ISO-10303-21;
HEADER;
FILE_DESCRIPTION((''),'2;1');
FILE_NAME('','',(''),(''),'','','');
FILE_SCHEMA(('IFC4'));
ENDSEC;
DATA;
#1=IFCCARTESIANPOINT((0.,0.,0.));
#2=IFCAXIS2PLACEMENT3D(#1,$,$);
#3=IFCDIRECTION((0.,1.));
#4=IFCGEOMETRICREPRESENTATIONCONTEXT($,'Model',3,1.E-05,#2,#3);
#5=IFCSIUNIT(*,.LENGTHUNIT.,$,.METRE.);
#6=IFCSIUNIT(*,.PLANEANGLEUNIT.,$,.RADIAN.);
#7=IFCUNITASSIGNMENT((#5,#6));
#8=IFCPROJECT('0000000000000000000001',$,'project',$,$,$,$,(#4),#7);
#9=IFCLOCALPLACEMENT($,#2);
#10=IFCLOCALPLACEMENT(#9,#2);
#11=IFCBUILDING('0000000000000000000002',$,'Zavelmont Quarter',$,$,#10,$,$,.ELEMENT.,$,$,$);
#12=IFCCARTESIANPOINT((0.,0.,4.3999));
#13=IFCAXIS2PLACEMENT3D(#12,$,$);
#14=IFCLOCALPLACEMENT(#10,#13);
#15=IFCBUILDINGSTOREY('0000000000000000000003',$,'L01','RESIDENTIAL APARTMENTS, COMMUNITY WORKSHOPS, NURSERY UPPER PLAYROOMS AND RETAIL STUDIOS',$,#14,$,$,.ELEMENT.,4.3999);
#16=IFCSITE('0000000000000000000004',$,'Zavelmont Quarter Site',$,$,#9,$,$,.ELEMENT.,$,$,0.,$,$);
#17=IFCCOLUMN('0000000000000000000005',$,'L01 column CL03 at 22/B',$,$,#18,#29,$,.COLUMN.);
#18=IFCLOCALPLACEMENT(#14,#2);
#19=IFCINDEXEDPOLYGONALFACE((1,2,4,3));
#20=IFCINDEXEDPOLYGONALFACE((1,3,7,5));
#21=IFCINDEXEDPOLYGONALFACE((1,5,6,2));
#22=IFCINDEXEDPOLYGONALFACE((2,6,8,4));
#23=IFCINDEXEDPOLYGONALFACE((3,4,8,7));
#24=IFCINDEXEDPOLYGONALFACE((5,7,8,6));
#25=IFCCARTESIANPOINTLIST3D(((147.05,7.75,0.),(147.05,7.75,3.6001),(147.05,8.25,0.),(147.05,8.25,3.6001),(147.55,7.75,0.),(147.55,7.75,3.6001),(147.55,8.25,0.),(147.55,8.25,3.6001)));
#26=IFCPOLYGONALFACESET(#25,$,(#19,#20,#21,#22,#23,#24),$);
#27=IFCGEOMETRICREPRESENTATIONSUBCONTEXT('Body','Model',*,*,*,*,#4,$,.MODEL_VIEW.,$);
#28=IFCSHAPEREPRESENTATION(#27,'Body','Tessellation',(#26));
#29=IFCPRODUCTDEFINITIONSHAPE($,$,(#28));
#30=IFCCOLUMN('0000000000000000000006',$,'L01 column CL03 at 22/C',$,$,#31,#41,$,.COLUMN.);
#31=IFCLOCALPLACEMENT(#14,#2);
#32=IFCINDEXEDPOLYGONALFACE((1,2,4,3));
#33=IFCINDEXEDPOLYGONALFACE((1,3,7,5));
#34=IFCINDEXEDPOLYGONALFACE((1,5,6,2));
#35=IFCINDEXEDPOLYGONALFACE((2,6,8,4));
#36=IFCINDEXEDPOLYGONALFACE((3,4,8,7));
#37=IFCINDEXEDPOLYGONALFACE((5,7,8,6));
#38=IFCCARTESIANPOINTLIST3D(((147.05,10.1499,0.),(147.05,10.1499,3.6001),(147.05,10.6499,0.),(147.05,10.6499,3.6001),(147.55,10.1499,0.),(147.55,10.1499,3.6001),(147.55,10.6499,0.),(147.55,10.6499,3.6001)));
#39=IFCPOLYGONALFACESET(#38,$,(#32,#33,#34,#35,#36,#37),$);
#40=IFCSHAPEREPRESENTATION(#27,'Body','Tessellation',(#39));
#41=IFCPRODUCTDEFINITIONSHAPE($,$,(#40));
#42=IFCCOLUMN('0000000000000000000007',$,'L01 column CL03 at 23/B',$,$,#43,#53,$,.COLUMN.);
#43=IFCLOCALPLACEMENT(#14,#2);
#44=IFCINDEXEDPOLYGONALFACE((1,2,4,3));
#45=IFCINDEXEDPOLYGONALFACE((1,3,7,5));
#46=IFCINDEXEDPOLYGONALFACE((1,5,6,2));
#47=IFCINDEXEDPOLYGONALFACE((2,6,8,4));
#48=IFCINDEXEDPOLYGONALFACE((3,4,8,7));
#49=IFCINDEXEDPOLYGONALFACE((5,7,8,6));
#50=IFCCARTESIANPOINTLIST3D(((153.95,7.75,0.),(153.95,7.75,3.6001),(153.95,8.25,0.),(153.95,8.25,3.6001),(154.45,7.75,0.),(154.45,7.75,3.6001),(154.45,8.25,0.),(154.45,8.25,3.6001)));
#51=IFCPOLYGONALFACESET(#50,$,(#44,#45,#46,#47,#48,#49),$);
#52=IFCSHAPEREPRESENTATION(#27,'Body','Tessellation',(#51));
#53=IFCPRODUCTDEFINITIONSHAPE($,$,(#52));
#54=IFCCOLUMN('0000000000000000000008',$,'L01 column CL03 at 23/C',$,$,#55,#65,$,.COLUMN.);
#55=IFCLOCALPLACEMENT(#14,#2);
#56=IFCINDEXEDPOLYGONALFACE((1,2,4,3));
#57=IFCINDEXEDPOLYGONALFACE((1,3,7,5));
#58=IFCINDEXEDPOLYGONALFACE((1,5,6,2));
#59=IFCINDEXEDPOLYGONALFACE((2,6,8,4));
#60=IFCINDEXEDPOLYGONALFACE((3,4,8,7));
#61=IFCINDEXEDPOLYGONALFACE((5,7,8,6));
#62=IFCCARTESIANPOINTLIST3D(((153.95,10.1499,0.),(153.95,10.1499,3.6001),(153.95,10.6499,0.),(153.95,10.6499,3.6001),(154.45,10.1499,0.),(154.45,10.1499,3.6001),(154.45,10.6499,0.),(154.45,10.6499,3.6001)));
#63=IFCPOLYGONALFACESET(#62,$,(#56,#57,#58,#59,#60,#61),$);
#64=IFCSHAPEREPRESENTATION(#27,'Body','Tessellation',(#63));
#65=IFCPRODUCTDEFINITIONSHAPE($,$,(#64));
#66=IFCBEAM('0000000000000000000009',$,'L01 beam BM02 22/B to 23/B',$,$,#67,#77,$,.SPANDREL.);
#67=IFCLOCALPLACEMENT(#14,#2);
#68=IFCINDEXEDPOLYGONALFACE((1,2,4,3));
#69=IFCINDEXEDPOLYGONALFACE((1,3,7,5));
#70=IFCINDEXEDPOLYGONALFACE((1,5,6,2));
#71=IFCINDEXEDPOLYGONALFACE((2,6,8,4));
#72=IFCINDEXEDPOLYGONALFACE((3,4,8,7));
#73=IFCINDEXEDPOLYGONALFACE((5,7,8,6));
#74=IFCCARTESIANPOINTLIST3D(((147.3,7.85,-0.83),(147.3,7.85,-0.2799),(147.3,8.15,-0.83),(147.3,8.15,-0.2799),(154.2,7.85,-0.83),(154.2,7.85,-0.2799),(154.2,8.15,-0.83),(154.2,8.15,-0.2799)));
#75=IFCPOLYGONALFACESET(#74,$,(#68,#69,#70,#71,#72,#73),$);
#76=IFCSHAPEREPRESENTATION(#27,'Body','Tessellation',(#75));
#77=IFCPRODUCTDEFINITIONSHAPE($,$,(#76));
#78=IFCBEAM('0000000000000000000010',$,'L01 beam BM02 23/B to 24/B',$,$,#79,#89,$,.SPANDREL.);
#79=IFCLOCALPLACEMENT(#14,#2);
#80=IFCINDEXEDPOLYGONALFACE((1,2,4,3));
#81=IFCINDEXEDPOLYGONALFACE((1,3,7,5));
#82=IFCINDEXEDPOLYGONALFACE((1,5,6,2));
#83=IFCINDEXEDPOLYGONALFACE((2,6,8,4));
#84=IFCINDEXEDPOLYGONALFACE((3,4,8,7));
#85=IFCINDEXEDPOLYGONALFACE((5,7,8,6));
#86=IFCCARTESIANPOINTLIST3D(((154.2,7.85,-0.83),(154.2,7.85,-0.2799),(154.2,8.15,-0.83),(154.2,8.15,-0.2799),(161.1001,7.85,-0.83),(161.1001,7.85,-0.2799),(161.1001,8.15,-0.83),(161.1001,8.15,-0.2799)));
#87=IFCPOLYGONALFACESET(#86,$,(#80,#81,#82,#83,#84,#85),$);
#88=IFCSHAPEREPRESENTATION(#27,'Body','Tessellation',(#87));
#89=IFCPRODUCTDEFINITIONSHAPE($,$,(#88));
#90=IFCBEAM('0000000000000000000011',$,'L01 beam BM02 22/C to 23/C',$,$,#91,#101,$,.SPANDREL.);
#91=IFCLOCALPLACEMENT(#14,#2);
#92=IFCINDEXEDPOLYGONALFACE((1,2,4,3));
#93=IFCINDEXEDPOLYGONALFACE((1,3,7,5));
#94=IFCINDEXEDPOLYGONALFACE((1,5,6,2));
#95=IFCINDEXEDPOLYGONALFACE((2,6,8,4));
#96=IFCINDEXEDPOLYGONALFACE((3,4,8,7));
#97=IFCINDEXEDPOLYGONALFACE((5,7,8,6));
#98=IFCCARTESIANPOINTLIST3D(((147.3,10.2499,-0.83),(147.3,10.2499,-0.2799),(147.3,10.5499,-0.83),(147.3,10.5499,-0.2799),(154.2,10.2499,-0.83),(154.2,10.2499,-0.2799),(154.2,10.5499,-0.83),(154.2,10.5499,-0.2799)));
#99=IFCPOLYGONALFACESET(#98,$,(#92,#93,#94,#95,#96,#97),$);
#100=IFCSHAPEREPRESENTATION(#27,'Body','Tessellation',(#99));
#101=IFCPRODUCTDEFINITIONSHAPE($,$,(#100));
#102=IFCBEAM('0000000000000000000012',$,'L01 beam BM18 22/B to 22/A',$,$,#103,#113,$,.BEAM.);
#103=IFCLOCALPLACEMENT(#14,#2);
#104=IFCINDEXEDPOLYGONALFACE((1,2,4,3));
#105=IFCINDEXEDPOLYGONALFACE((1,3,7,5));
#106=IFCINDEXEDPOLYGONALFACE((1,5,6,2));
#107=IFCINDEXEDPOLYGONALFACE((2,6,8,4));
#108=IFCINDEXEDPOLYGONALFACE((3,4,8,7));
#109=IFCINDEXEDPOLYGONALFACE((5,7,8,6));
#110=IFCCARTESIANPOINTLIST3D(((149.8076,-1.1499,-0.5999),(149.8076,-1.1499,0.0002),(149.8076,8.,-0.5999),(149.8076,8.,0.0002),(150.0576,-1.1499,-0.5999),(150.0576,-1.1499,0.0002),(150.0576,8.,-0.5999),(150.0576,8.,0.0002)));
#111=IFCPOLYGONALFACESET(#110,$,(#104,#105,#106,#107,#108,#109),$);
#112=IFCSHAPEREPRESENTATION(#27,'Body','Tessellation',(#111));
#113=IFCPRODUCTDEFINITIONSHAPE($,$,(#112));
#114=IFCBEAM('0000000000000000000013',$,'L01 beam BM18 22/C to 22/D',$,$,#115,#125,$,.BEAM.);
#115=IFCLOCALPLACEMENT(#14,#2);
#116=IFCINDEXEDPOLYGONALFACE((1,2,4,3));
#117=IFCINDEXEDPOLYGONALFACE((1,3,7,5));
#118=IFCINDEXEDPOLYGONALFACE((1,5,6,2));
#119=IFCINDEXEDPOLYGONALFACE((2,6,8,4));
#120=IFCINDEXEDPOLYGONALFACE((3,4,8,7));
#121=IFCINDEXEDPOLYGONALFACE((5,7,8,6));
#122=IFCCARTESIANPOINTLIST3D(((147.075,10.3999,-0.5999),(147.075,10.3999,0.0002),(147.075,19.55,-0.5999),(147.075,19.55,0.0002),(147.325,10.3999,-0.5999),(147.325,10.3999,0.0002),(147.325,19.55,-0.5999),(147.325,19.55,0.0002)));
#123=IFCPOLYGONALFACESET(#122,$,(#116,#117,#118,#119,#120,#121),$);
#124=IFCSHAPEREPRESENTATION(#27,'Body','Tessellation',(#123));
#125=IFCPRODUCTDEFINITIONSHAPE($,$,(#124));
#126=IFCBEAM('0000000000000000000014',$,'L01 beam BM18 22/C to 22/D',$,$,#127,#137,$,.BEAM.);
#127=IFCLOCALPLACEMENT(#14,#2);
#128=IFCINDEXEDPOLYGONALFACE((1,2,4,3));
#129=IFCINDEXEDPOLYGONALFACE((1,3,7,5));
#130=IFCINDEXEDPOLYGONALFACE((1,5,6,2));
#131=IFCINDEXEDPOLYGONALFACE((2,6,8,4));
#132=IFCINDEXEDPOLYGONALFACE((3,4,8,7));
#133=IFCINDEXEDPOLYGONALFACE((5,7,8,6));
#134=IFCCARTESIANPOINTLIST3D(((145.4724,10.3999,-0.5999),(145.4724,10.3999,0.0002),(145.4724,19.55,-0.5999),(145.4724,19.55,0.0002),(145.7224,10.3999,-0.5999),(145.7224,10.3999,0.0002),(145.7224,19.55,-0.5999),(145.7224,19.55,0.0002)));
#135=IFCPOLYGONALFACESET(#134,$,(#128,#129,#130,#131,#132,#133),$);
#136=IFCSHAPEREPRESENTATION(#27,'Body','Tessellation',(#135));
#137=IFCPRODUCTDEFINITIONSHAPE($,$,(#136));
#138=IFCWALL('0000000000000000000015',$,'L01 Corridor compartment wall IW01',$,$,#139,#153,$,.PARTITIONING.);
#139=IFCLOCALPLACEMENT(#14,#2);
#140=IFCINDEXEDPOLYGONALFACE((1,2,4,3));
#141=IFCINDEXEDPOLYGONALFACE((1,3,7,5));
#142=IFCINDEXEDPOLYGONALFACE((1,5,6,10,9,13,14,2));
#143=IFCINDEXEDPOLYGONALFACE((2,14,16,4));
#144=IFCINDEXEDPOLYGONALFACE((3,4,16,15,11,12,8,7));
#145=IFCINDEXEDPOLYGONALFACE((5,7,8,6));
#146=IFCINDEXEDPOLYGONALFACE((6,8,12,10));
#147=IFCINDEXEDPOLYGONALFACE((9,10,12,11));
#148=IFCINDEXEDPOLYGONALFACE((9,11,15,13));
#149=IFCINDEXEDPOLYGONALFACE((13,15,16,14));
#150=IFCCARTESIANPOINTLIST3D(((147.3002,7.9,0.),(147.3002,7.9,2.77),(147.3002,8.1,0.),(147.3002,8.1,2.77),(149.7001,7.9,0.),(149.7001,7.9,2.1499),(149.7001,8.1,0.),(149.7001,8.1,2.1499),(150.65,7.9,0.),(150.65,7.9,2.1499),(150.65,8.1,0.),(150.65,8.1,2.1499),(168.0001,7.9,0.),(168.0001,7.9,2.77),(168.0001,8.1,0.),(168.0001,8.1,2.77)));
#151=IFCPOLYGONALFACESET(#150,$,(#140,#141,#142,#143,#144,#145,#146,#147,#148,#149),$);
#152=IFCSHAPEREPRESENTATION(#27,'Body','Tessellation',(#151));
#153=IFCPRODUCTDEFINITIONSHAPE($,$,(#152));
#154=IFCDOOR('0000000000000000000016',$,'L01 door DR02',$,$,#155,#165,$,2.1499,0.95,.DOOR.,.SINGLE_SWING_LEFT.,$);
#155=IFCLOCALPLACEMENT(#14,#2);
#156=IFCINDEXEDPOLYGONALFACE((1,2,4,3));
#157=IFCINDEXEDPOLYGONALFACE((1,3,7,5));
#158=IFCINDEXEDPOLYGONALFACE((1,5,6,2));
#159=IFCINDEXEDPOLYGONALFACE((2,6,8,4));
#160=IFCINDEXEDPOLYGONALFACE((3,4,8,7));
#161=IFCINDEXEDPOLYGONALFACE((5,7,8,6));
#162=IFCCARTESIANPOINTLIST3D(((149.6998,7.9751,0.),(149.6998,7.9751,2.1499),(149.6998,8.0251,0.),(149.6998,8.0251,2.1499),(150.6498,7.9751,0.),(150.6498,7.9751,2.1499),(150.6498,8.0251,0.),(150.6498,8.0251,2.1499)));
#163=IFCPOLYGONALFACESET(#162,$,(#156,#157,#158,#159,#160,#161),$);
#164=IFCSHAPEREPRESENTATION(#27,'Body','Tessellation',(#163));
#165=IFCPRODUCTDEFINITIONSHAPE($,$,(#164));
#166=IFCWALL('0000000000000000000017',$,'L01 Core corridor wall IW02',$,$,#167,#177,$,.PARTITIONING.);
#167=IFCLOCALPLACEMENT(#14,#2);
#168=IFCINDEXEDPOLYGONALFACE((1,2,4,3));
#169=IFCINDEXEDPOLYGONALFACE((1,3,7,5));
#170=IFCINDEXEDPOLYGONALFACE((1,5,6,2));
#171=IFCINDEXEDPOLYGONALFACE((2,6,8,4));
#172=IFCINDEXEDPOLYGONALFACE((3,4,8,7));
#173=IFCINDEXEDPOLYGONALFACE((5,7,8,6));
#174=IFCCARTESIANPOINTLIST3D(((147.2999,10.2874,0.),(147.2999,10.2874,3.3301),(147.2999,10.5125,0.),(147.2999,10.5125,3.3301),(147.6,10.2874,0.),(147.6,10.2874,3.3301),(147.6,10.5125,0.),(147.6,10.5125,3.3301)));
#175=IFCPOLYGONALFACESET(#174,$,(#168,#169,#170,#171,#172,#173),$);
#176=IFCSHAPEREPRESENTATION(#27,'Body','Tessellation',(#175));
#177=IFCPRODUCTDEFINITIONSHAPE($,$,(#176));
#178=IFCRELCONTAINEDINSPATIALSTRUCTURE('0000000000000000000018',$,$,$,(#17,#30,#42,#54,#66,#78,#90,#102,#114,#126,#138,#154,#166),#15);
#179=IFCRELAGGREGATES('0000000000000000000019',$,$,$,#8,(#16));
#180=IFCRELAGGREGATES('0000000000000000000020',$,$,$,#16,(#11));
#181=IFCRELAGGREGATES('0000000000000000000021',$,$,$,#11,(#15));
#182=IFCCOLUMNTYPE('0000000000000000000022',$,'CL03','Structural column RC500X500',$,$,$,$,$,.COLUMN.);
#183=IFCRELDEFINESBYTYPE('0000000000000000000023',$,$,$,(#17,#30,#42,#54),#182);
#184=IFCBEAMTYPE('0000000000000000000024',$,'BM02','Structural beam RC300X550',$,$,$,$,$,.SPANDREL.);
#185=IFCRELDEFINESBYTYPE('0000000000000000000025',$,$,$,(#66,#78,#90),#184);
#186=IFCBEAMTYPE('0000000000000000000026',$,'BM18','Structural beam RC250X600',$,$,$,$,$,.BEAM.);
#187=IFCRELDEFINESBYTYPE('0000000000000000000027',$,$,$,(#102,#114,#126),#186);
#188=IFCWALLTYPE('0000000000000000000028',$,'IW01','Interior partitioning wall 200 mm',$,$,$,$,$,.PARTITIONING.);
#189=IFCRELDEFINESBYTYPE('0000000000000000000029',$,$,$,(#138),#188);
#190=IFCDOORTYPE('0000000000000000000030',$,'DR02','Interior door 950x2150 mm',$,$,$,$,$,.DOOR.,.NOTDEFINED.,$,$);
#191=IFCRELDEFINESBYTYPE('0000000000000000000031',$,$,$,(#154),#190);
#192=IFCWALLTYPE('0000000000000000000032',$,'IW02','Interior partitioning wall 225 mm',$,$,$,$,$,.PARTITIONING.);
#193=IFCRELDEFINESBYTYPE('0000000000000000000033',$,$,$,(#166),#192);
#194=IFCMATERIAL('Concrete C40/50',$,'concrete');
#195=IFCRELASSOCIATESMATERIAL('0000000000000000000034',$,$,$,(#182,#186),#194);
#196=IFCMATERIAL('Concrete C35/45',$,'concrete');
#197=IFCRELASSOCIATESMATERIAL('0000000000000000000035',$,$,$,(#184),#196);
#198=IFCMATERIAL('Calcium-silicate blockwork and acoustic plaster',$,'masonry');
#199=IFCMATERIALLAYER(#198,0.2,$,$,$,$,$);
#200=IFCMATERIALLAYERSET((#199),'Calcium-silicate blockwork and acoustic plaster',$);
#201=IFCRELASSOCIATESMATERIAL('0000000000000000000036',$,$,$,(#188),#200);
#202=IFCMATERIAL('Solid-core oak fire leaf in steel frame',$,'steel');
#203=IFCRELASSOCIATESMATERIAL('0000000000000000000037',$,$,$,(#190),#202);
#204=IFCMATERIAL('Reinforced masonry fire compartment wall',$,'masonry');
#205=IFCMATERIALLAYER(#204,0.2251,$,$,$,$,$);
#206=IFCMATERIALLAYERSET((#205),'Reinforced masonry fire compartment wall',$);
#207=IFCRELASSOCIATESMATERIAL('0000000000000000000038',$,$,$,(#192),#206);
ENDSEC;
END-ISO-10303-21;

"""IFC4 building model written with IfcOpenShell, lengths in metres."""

from ifc_helpers import new_model, si_unit, direction, frame, frame_2d, origin, origin_2d, place, context, subcontext, project, spatial, rectangle, extrude, material, layer, layer_set, material_profile, profile_set, type_object, element, fill, save


model = new_model("IFC4")

# Units and contexts
model_context = context("Model", 3, precision=1e-05, world=origin(), true_north=direction((0.0, 1.0)))
body_context = subcontext(model_context, "Body", "Model", "MODEL_VIEW")
ifc_project = project(units=[si_unit("LENGTHUNIT", "METRE"), si_unit("PLANEANGLEUNIT", "RADIAN")], contexts=[model_context])

# Site, building, storey
site_placement = place(None, origin())
site = spatial("IfcSite", under=ifc_project, at=site_placement, Name="Zavelmont Quarter Site", CompositionType="ELEMENT", RefElevation=0.0)
building_placement = place(site_placement, origin())
building = spatial("IfcBuilding", under=site, at=building_placement, Name="Zavelmont Quarter", CompositionType="ELEMENT")
storey_placement = place(building_placement, frame((0.0, 0.0, 4.3999)))
storey = spatial("IfcBuildingStorey", under=building, at=storey_placement, Name="L01", Description="RESIDENTIAL APARTMENTS, COMMUNITY WORKSHOPS, NURSERY UPPER PLAYROOMS AND RETAIL STUDIOS", CompositionType="ELEMENT", Elevation=4.3999)

# Columns
ifc_material_1 = material(Name="Concrete C40/50", Category="concrete")
ifc_material_profile_1 = material_profile(ifc_material_1, rectangle(XDim=0.5, YDim=0.5, at=origin_2d()), Name="RC500X500")
ifc_profile_set_1 = profile_set([ifc_material_profile_1], Name="Concrete C40/50")
column_type = type_object("IfcColumnType", Name="CL03", Description="Structural column RC500X500", PredefinedType="COLUMN", material=ifc_profile_set_1)
for number, where, z_axis, x_axis, name in (
    (1, (147.3, 8.0, 0.0), (0.0, 0.0, 1.0), (1.0, 0.0, 0.0), "L01 column CL03 at 22/B"),
    (2, (147.3, 10.3999, 0.0), (0.0, 0.0, 1.0), (1.0, 0.0, 0.0), "L01 column CL03 at 22/C"),
    (3, (154.2, 8.0, 0.0), (0.0, 0.0, 1.0), (1.0, 0.0, 0.0), "L01 column CL03 at 23/B"),
    (4, (154.2, 10.3999, 0.0), (0.0, 0.0, 1.0), (1.0, 0.0, 0.0), "L01 column CL03 at 23/C"),
):
    element("IfcColumn", number, at=place(storey_placement, frame(where, z_axis=z_axis, x_axis=x_axis)), inside=storey, type_object=column_type, Name=name, PredefinedType="COLUMN", context=body_context, shape_type="SweptSolid", body=[
        extrude(rectangle(XDim=0.5, YDim=0.5, at=origin_2d()), origin(), (0.0, 0.0, 1.0), 3.6001),
    ])

# Beams
ifc_material_2 = material(Name="Concrete C35/45", Category="concrete")
ifc_material_profile_2 = material_profile(ifc_material_2, rectangle(XDim=0.3, YDim=0.55, at=origin_2d()), Name="RC300X550")
ifc_profile_set_2 = profile_set([ifc_material_profile_2], Name="Concrete C35/45")
beam_type_1 = type_object("IfcBeamType", Name="BM02", Description="Structural beam RC300X550", PredefinedType="SPANDREL", material=ifc_profile_set_2)
beam_1_placement = place(storey_placement, frame((147.3, 8.0, -0.5549), z_axis=(1.0, 0.0, 0.0), x_axis=(0.0, 1.0, 0.0)))
element("IfcBeam", 5, at=beam_1_placement, inside=storey, type_object=beam_type_1, Name="L01 beam BM02 22/B to 23/B", PredefinedType="SPANDREL", context=body_context, shape_type="SweptSolid", body=[
    extrude(rectangle(XDim=0.3, YDim=0.55, at=origin_2d()), origin(), (0.0, 0.0, 1.0), 6.8999),
])
beam_2_placement = place(storey_placement, frame((154.2, 8.0, -0.5549), z_axis=(1.0, 0.0, 0.0), x_axis=(0.0, 1.0, 0.0)))
element("IfcBeam", 6, at=beam_2_placement, inside=storey, type_object=beam_type_1, Name="L01 beam BM02 23/B to 24/B", PredefinedType="SPANDREL", context=body_context, shape_type="SweptSolid", body=[
    extrude(rectangle(XDim=0.3, YDim=0.55, at=origin_2d()), origin(), (0.0, 0.0, 1.0), 6.9001),
])
beam_3_placement = place(storey_placement, frame((147.3, 10.3999, -0.5549), z_axis=(1.0, 0.0, 0.0), x_axis=(0.0, 1.0, 0.0)))
element("IfcBeam", 7, at=beam_3_placement, inside=storey, type_object=beam_type_1, Name="L01 beam BM02 22/C to 23/C", PredefinedType="SPANDREL", context=body_context, shape_type="SweptSolid", body=[
    extrude(rectangle(XDim=0.3, YDim=0.55, at=origin_2d()), origin(), (0.0, 0.0, 1.0), 6.8999),
])
ifc_material_profile_3 = material_profile(ifc_material_1, rectangle(XDim=0.25, YDim=0.6001, at=origin_2d()), Name="RC250X600")
ifc_profile_set_3 = profile_set([ifc_material_profile_3], Name="Concrete C40/50")
beam_type_2 = type_object("IfcBeamType", Name="BM18", Description="Structural beam RC250X600", PredefinedType="BEAM", material=ifc_profile_set_3)
beam_4_placement = place(storey_placement, frame((149.9326, 8.0, -0.2998), z_axis=(0.0, -1.0, 0.0), x_axis=(1.0, 0.0, 0.0)))
element("IfcBeam", 8, at=beam_4_placement, inside=storey, type_object=beam_type_2, Name="L01 beam BM18 22/B to 22/A", PredefinedType="BEAM", context=body_context, shape_type="SweptSolid", body=[
    extrude(rectangle(XDim=0.25, YDim=0.6001, at=origin_2d()), origin(), (0.0, 0.0, 1.0), 9.1499),
])
for number, where, z_axis, x_axis, name in (
    (9, (147.2, 10.3999, -0.2998), (0.0, 1.0, 0.0), (-1.0, 0.0, 0.0), "L01 beam BM18 22/C to 22/D"),
    (10, (145.5974, 10.3999, -0.2998), (0.0, 1.0, 0.0), (-1.0, 0.0, 0.0), "L01 beam BM18 22/C to 22/D"),
):
    element("IfcBeam", number, at=place(storey_placement, frame(where, z_axis=z_axis, x_axis=x_axis)), inside=storey, type_object=beam_type_2, Name=name, PredefinedType="BEAM", context=body_context, shape_type="SweptSolid", body=[
        extrude(rectangle(XDim=0.25, YDim=0.6001, at=origin_2d()), origin(), (0.0, 0.0, 1.0), 9.1501),
    ])

# Wall, opening, door
ifc_material_3 = material(Name="Calcium-silicate blockwork and acoustic plaster", Category="masonry")
ifc_layer_1 = layer(ifc_material_3, 0.2)
ifc_layer_set_1 = layer_set([ifc_layer_1], Name="Calcium-silicate blockwork and acoustic plaster")
wall_type_1 = type_object("IfcWallType", Name="IW01", Description="Interior partitioning wall 200 mm", PredefinedType="PARTITIONING", material=ifc_layer_set_1)
wall_1_placement = place(storey_placement, frame((147.3, 8.0, 0.0), z_axis=(0.0, 0.0, 1.0), x_axis=(1.0, 0.0, 0.0)))
wall_1 = element("IfcWall", 11, at=wall_1_placement, inside=storey, type_object=wall_type_1, Name="L01 Corridor compartment wall IW01", PredefinedType="PARTITIONING", context=body_context, shape_type="SweptSolid", body=[
    extrude(rectangle(XDim=20.7, YDim=0.2, at=frame_2d((10.3501, 0.0))), origin(), (0.0, 0.0, 1.0), 2.77),
])
opening_1_placement = place(wall_1_placement, frame((2.3999, 0.0, 0.0)))
opening_1 = element("IfcOpeningElement", 12, at=opening_1_placement, cuts=wall_1, PredefinedType="OPENING", context=body_context, shape_type="SweptSolid", body=[
    extrude(rectangle(XDim=0.95, YDim=2.1499, at=frame_2d((0.4751, 1.075))), frame((0.0, 0.1118, 0.0), z_axis=(0.0, -1.0, 0.0), x_axis=(1.0, 0.0, 0.0)), (0.0, 0.0, 1.0), 0.2239),
])
ifc_material_4 = material(Name="Solid-core oak fire leaf in steel frame", Category="steel")
door_type_1 = type_object("IfcDoorType", Name="DR02", Description="Interior door 950x2150 mm", OperationType="NOTDEFINED", PredefinedType="DOOR", material=ifc_material_4)
door_1_placement = place(opening_1_placement, frame((0.95, 0.0, 0.0), z_axis=(0.0, 0.0, 1.0), x_axis=(-1.0, 0.0, 0.0)))
door_1 = element("IfcDoor", 13, at=door_1_placement, inside=storey, type_object=door_type_1, Name="L01 door DR02", OperationType="SINGLE_SWING_LEFT", OverallHeight=2.1499, OverallWidth=0.95, PredefinedType="DOOR", context=body_context, shape_type="SweptSolid", body=[
    extrude(rectangle(XDim=0.95, YDim=2.1499, at=frame_2d((0.4751, 1.075))), frame((0.0, 0.0249, 0.0), z_axis=(0.0, -1.0, 0.0), x_axis=(1.0, 0.0, 0.0)), (0.0, 0.0, 1.0), 0.05),
])
fill(opening_1, door_1)

# Wall
ifc_material_5 = material(Name="Reinforced masonry fire compartment wall", Category="masonry")
ifc_layer_2 = layer(ifc_material_5, 0.2251)
ifc_layer_set_2 = layer_set([ifc_layer_2], Name="Reinforced masonry fire compartment wall")
wall_type_2 = type_object("IfcWallType", Name="IW02", Description="Interior partitioning wall 225 mm", PredefinedType="PARTITIONING", material=ifc_layer_set_2)
wall_2_placement = place(storey_placement, frame((147.3, 10.3999, 0.0), z_axis=(0.0, 0.0, 1.0), x_axis=(1.0, 0.0, 0.0)))
element("IfcWall", 14, at=wall_2_placement, inside=storey, type_object=wall_type_2, Name="L01 Core corridor wall IW02", PredefinedType="PARTITIONING", context=body_context, shape_type="SweptSolid", body=[
    extrude(rectangle(XDim=0.3, YDim=0.2251, at=frame_2d((0.1499, 0.0))), origin(), (0.0, 0.0, 1.0), 3.3301),
])

save(model, "model.ifc")
